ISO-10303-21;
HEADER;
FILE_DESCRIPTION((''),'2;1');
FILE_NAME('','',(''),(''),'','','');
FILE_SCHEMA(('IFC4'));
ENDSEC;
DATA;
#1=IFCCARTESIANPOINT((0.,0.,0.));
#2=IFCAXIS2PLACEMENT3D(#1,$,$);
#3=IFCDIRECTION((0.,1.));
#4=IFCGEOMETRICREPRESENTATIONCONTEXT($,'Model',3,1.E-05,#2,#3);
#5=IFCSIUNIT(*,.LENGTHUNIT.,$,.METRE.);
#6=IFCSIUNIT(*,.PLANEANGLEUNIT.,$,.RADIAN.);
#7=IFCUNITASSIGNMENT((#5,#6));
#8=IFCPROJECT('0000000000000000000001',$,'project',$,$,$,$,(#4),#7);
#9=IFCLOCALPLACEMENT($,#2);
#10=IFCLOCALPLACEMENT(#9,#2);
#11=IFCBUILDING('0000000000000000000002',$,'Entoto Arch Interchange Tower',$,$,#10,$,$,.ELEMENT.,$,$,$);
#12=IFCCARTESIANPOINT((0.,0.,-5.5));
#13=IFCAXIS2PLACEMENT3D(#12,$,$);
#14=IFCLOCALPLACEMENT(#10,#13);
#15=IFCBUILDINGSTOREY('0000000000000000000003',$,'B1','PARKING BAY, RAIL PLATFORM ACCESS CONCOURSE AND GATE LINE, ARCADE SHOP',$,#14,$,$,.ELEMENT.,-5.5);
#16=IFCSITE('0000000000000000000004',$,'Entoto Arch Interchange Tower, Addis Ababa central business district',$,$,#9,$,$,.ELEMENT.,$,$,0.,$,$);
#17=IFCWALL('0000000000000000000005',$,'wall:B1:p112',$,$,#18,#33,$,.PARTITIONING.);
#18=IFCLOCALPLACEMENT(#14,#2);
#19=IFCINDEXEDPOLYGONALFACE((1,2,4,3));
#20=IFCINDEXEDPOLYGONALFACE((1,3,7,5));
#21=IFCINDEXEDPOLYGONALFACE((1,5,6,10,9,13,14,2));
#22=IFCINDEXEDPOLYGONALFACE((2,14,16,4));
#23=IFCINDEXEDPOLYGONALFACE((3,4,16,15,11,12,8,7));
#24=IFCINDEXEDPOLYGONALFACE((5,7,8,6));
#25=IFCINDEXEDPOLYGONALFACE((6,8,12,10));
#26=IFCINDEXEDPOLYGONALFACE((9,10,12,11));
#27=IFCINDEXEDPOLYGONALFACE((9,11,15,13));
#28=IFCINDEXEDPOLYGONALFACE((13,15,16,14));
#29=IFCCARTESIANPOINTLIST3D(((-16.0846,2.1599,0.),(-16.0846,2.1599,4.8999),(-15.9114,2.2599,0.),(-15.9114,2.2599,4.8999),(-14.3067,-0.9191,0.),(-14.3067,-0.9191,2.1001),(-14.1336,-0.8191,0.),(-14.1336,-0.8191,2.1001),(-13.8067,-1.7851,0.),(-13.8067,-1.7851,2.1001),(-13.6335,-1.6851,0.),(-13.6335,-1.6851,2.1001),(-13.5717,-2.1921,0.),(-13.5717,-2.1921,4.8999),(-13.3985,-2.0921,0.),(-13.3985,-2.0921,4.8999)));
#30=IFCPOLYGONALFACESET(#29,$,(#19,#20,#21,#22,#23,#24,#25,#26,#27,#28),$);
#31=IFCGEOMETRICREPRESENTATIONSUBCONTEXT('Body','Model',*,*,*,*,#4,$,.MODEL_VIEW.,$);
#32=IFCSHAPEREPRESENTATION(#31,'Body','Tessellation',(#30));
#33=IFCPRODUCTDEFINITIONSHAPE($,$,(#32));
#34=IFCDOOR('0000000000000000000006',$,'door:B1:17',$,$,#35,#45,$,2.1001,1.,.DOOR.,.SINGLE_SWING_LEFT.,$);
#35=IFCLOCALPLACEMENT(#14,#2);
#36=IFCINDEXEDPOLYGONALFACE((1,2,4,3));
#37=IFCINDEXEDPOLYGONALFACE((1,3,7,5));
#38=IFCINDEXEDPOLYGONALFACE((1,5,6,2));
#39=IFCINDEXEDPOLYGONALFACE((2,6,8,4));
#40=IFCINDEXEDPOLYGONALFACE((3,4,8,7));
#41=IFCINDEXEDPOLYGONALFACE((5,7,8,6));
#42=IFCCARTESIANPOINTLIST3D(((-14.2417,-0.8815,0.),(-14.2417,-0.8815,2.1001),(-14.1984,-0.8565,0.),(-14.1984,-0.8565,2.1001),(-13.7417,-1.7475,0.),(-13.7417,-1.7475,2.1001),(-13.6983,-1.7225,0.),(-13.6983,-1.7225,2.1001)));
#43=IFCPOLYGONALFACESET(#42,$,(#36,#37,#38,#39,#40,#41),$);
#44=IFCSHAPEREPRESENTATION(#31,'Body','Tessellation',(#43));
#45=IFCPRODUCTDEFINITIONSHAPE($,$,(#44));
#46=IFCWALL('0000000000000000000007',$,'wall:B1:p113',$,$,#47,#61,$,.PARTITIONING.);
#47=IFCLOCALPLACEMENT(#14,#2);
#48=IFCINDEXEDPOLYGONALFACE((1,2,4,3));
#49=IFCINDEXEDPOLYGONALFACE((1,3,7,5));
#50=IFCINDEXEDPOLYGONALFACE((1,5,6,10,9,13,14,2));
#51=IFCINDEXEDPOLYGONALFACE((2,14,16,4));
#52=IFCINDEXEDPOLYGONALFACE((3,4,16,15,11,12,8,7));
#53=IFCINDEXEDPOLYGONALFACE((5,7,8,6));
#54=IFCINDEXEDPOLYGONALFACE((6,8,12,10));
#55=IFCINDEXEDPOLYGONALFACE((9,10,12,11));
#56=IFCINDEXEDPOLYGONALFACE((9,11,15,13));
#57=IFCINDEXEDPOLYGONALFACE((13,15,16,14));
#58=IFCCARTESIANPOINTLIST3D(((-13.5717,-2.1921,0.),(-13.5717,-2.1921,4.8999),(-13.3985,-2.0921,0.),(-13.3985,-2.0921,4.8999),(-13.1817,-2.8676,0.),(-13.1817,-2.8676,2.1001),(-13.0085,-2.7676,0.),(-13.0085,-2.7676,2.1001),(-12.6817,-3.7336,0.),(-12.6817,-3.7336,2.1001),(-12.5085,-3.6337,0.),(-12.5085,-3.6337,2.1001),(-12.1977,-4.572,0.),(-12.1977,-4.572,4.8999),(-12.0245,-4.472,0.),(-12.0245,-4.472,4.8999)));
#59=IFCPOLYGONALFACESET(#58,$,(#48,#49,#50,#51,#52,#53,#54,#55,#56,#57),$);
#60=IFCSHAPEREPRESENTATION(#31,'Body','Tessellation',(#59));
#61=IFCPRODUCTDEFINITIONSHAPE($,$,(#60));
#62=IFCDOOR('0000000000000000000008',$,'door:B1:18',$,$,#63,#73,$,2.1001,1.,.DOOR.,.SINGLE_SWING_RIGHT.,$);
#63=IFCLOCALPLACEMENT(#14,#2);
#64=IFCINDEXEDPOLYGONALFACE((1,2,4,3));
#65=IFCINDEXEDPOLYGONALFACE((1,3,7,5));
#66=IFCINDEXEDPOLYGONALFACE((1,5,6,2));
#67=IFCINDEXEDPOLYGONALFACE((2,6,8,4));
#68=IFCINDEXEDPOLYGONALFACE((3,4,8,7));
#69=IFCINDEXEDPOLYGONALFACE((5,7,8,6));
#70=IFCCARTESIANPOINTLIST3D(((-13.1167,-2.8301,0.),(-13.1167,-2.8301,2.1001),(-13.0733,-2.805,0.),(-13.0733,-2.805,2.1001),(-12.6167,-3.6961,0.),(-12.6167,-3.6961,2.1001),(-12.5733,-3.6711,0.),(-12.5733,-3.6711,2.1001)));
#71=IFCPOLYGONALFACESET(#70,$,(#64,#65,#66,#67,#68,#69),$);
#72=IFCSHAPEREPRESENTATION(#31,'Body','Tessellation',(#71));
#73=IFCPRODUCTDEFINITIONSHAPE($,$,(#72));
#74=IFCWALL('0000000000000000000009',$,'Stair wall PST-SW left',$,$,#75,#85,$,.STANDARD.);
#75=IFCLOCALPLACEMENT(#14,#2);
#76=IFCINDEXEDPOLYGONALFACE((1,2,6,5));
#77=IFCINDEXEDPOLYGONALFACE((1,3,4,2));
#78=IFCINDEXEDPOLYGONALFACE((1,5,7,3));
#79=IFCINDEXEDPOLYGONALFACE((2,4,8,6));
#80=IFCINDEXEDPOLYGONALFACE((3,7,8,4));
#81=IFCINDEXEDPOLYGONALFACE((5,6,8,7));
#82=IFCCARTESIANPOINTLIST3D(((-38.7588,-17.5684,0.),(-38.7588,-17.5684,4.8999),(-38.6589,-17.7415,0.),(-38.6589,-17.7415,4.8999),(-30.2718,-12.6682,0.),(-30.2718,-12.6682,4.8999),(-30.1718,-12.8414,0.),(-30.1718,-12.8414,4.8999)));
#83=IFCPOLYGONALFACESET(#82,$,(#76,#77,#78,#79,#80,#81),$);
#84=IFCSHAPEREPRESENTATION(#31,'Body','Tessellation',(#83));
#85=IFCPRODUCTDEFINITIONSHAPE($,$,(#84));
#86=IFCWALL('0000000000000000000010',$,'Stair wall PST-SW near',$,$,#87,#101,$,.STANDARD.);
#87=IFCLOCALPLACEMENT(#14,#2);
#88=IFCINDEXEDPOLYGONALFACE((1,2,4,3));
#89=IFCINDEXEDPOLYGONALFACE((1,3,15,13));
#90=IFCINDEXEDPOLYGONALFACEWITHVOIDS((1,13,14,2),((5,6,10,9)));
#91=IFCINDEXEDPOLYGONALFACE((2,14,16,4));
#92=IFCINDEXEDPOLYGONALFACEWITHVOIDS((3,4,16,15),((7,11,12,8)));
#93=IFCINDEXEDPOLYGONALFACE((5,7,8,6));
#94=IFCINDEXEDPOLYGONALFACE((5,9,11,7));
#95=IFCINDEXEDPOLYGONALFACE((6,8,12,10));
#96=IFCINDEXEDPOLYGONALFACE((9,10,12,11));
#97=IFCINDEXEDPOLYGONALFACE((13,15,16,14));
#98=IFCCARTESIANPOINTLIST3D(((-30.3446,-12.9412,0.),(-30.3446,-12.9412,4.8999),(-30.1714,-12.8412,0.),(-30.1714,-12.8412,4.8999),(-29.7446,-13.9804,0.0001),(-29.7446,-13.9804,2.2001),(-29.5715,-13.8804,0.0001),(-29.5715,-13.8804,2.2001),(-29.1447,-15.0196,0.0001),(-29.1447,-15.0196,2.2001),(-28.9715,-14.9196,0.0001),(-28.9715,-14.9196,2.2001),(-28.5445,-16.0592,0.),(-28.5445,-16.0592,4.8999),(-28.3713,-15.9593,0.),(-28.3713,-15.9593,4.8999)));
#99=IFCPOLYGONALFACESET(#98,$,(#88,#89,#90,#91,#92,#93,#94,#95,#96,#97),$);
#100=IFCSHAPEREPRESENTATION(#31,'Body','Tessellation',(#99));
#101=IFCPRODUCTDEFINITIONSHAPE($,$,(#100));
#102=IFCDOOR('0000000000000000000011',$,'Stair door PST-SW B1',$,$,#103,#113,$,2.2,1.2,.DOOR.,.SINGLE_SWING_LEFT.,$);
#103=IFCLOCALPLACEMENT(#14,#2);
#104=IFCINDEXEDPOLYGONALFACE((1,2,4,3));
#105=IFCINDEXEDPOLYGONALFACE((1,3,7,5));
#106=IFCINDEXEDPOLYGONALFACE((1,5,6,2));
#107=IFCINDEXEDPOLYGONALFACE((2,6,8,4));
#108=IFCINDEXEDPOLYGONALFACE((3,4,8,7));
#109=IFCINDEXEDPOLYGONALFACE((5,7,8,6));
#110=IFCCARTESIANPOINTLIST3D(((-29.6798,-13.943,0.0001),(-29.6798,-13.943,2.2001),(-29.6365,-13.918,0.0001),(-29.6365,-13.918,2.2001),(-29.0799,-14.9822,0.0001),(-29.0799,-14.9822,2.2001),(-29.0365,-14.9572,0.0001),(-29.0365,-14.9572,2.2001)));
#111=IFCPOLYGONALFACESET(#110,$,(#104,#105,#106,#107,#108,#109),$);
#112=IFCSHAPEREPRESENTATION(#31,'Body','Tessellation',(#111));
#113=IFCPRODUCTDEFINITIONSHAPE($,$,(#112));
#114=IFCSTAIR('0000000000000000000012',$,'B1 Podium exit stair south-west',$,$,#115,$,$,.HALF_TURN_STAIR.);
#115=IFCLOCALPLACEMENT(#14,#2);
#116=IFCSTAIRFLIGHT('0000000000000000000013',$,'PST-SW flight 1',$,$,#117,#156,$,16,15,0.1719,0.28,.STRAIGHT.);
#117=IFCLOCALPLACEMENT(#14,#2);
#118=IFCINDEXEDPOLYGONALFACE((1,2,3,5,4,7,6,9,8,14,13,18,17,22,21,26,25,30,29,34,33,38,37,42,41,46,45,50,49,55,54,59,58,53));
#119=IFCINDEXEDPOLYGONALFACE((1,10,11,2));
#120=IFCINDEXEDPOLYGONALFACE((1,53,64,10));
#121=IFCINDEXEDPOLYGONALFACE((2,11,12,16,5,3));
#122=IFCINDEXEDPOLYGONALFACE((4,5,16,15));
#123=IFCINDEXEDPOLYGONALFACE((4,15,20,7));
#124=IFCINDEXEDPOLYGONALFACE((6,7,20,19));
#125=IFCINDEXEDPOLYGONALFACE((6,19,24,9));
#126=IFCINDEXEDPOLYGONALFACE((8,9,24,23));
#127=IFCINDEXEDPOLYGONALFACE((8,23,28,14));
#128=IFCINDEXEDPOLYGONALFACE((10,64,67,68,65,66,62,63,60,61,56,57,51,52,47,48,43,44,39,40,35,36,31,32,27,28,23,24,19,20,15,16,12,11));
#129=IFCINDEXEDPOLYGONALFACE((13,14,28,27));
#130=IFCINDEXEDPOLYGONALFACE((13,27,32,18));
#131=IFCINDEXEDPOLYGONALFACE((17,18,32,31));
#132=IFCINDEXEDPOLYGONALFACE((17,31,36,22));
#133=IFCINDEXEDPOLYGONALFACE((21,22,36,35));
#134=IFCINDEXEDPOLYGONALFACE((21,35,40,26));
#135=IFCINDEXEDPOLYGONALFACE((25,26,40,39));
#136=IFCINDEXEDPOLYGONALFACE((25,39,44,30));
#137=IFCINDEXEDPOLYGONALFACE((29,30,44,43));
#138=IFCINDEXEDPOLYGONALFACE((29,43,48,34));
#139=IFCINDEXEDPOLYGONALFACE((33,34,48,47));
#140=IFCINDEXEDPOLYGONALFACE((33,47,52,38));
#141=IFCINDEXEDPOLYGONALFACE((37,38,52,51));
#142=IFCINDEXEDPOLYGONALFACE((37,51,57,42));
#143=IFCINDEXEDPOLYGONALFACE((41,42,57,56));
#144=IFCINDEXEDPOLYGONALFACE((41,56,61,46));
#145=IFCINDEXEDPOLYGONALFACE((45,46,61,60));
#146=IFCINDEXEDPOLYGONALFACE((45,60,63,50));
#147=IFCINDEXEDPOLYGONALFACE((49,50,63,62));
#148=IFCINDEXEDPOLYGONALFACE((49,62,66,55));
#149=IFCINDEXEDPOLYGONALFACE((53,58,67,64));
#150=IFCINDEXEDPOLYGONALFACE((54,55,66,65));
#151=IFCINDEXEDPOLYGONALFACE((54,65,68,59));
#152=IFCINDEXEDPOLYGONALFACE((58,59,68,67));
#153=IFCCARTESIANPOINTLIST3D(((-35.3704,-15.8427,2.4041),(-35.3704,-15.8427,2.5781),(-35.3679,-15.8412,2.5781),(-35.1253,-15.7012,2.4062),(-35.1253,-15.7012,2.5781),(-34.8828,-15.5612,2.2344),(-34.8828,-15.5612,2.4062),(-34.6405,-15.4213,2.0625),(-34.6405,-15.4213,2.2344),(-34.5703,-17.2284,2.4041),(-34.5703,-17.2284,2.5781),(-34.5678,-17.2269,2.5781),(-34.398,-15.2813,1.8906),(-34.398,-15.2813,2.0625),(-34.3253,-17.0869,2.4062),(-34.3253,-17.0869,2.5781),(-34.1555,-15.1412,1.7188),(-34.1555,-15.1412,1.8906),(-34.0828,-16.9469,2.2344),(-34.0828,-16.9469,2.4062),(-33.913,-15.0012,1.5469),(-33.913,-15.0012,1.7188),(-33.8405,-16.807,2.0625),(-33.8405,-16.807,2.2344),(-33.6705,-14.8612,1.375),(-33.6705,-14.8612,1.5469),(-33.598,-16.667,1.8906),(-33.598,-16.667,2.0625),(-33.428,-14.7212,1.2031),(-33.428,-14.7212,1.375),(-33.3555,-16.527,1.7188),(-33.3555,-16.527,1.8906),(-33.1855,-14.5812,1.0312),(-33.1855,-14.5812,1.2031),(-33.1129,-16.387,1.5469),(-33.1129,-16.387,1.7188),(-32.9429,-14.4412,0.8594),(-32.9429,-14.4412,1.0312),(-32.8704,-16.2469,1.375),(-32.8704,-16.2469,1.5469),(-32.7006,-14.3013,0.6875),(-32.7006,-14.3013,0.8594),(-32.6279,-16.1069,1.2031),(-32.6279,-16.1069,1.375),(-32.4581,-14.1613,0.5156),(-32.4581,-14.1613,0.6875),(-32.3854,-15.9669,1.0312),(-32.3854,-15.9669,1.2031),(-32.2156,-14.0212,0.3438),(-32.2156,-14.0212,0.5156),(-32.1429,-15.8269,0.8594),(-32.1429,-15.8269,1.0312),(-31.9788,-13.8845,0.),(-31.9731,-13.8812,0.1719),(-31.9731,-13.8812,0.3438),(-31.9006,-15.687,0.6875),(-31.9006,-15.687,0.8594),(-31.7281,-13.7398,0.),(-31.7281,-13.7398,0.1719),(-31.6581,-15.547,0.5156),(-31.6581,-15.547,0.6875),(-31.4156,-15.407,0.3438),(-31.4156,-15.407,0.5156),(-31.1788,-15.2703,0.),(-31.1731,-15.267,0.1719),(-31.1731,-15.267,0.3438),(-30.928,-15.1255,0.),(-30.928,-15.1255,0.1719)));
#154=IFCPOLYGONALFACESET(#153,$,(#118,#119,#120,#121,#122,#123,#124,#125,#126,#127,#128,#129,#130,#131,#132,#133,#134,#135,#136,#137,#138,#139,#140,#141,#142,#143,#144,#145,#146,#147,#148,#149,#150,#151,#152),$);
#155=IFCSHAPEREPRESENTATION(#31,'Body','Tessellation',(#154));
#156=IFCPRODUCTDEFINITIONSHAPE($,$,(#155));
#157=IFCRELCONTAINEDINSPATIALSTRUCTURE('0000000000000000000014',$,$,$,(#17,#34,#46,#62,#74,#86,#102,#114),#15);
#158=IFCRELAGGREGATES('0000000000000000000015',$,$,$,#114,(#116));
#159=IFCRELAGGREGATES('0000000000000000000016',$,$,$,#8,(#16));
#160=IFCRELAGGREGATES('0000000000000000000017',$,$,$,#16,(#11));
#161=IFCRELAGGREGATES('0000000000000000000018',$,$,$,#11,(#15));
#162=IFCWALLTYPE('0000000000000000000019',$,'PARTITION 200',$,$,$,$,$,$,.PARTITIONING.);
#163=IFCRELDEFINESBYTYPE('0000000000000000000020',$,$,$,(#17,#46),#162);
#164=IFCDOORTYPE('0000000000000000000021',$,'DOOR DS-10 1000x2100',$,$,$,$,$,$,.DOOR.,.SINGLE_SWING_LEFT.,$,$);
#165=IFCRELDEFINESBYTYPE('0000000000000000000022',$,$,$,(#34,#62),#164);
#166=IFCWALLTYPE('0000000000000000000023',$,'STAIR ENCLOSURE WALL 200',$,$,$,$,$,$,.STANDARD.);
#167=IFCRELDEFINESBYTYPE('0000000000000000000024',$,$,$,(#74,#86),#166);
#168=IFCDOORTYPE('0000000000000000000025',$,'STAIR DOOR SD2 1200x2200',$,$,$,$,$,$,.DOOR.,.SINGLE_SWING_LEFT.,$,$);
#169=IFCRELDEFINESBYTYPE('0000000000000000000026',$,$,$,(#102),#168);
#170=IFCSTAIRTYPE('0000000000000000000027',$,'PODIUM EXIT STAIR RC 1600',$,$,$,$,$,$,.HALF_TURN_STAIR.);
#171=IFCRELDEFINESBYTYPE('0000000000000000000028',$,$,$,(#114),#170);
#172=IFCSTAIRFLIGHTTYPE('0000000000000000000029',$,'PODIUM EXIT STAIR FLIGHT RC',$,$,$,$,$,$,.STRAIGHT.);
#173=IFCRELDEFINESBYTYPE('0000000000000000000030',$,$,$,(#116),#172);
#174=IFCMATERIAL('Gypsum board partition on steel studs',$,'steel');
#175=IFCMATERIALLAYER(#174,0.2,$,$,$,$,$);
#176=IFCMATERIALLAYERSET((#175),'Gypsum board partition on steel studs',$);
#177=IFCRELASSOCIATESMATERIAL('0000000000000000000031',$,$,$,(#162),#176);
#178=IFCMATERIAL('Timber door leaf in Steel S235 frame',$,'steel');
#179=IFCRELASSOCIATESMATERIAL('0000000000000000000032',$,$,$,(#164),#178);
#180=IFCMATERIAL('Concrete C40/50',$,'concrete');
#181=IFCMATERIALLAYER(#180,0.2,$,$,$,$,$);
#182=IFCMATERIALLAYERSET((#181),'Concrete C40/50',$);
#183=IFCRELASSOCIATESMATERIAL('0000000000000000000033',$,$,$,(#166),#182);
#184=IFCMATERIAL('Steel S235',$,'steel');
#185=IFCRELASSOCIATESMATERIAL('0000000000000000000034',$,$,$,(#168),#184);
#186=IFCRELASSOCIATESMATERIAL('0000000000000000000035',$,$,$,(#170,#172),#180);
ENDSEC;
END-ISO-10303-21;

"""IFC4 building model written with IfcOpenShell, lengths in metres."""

from ifc_helpers import new_model, si_unit, direction, frame, frame_2d, origin, place, context, subcontext, project, spatial, polyline, rectangle, outline, extrude, material, layer, layer_set, type_object, element, fill, aggregate, save


model = new_model("IFC4")

# Units and contexts
model_context = context("Model", 3, precision=1e-05, world=origin(), true_north=direction((0.0, 1.0)))
body_context = subcontext(model_context, "Body", "Model", "MODEL_VIEW")
ifc_project = project(units=[si_unit("LENGTHUNIT", "METRE"), si_unit("PLANEANGLEUNIT", "RADIAN")], contexts=[model_context])

# Site, building, storey
site_placement = place(None, origin())
site = spatial("IfcSite", under=ifc_project, at=site_placement, Name="Entoto Arch Interchange Tower, Addis Ababa central business district", CompositionType="ELEMENT", RefElevation=0.0)
building_placement = place(site_placement, origin())
building = spatial("IfcBuilding", under=site, at=building_placement, Name="Entoto Arch Interchange Tower", CompositionType="ELEMENT")
storey_placement = place(building_placement, frame((0.0, 0.0, -5.5)))
storey = spatial("IfcBuildingStorey", under=building, at=storey_placement, Name="B1", Description="PARKING BAY, RAIL PLATFORM ACCESS CONCOURSE AND GATE LINE, ARCADE SHOP", CompositionType="ELEMENT", Elevation=-5.5)

# Shared definitions
ifc_material_1 = material(Name="Concrete C40/50", Category="concrete")
ifc_material_2 = material(Name="Gypsum board partition on steel studs", Category="steel")

# Shared definitions
ifc_layer_1 = layer(ifc_material_2, 0.2)
ifc_layer_set_1 = layer_set([ifc_layer_1], Name="Gypsum board partition on steel studs")
wall_type_1 = type_object("IfcWallType", Name="PARTITION 200", PredefinedType="PARTITIONING", material=ifc_layer_set_1)
ifc_material_3 = material(Name="Timber door leaf in Steel S235 frame", Category="steel")
door_type_1 = type_object("IfcDoorType", Name="DOOR DS-10 1000x2100", OperationType="SINGLE_SWING_LEFT", PredefinedType="DOOR", material=ifc_material_3)

# Walls, openings, doors
wall_1_placement = place(storey_placement, frame((-13.4851, -2.1421, 0.0), z_axis=(0.0, 0.0, 1.0), x_axis=(-0.500042, 0.866001, 0.0)))
wall_1 = element("IfcWall", 1, at=wall_1_placement, inside=storey, type_object=wall_type_1, Name="wall:B1:p112", PredefinedType="PARTITIONING", context=body_context, shape_type="SweptSolid", body=[
    extrude(rectangle(XDim=5.0254, YDim=0.2, at=frame_2d((2.5127, 0.0))), origin(), (0.0, 0.0, 1.0), 4.8999),
])
opening_1_placement = place(wall_1_placement, frame((0.47, 0.0, 0.0)))
opening_1 = element("IfcOpeningElement", 2, at=opening_1_placement, cuts=wall_1, PredefinedType="OPENING", context=body_context, shape_type="SweptSolid", body=[
    extrude(rectangle(XDim=1.0, YDim=2.1001, at=frame_2d((0.5, 1.05))), frame((0.0, 0.1099, 0.0), z_axis=(0.0, -1.0, 0.0), x_axis=(1.0, 0.0, 0.0)), (0.0, 0.0, 1.0), 0.22),
])
door_1_placement = place(opening_1_placement, origin())
door_1 = element("IfcDoor", 3, at=door_1_placement, inside=storey, type_object=door_type_1, Name="door:B1:17", OperationType="SINGLE_SWING_LEFT", OverallHeight=2.1001, OverallWidth=1.0, PredefinedType="DOOR", context=body_context, shape_type="SweptSolid", body=[
    extrude(rectangle(XDim=1.0, YDim=2.1001, at=frame_2d((0.5, 1.05))), frame((0.0, 0.0249, 0.0), z_axis=(0.0, -1.0, 0.0), x_axis=(1.0, 0.0, 0.0)), (0.0, 0.0, 1.0), 0.05),
])
fill(opening_1, door_1)
wall_2_placement = place(storey_placement, frame((-12.1111, -4.522, 0.0), z_axis=(0.0, 0.0, 1.0), x_axis=(-0.499999, 0.866026, 0.0)))
wall_2 = element("IfcWall", 4, at=wall_2_placement, inside=storey, type_object=wall_type_1, Name="wall:B1:p113", PredefinedType="PARTITIONING", context=body_context, shape_type="SweptSolid", body=[
    extrude(rectangle(XDim=2.748, YDim=0.2, at=frame_2d((1.374, 0.0))), origin(), (0.0, 0.0, 1.0), 4.8999),
])
opening_2_placement = place(wall_2_placement, frame((0.968, 0.0, 0.0)))
opening_2 = element("IfcOpeningElement", 5, at=opening_2_placement, cuts=wall_2, PredefinedType="OPENING", context=body_context, shape_type="SweptSolid", body=[
    extrude(rectangle(XDim=1.0, YDim=2.1001, at=frame_2d((0.5, 1.05))), frame((0.0, 0.1099, 0.0), z_axis=(0.0, -1.0, 0.0), x_axis=(1.0, 0.0, 0.0)), (0.0, 0.0, 1.0), 0.22),
])
door_2_placement = place(opening_2_placement, origin())
door_2 = element("IfcDoor", 6, at=door_2_placement, inside=storey, type_object=door_type_1, Name="door:B1:18", OperationType="SINGLE_SWING_RIGHT", OverallHeight=2.1001, OverallWidth=1.0, PredefinedType="DOOR", context=body_context, shape_type="SweptSolid", body=[
    extrude(rectangle(XDim=1.0, YDim=2.1001, at=frame_2d((0.5, 1.05))), frame((0.0, 0.0249, 0.0), z_axis=(0.0, -1.0, 0.0), x_axis=(1.0, 0.0, 0.0)), (0.0, 0.0, 1.0), 0.05),
])
fill(opening_2, door_2)

# Wall
ifc_layer_2 = layer(ifc_material_1, 0.2)
ifc_layer_set_2 = layer_set([ifc_layer_2], Name="Concrete C40/50")
wall_type_2 = type_object("IfcWallType", Name="STAIR ENCLOSURE WALL 200", PredefinedType="STANDARD", material=ifc_layer_set_2)
wall_3_placement = place(storey_placement, frame((-30.2219, -12.7549, 0.0), z_axis=(0.0, 0.0, 1.0), x_axis=(-0.866019, -0.500011, 0.0)))
element("IfcWall", 7, at=wall_3_placement, inside=storey, type_object=wall_type_2, Name="Stair wall PST-SW left", PredefinedType="STANDARD", context=body_context, shape_type="SweptSolid", body=[
    extrude(rectangle(XDim=9.8, YDim=0.2, at=frame_2d((4.8999, 0.0))), origin(), (0.0, 0.0, 1.0), 4.8999),
])

# Wall, opening, door
wall_4_placement = place(storey_placement, frame((-30.2581, -12.8911, 0.0), z_axis=(0.0, 0.0, 1.0), x_axis=(0.499983, -0.866035, 0.0)))
wall_4 = element("IfcWall", 8, at=wall_4_placement, inside=storey, type_object=wall_type_2, Name="Stair wall PST-SW near", PredefinedType="STANDARD", context=body_context, shape_type="SweptSolid", body=[
    extrude(rectangle(XDim=3.6003, YDim=0.2, at=frame_2d((1.8003, 0.0))), origin(), (0.0, 0.0, 1.0), 4.8999),
])
opening_3_placement = place(wall_4_placement, frame((1.2, 0.0, 0.0)))
opening_3 = element("IfcOpeningElement", 9, at=opening_3_placement, cuts=wall_4, PredefinedType="OPENING", context=body_context, shape_type="SweptSolid", body=[
    extrude(rectangle(XDim=1.2, YDim=2.2, at=frame_2d((0.6001, 1.1001))), frame((0.0, 0.1099, 0.0), z_axis=(0.0, -1.0, 0.0), x_axis=(1.0, 0.0, 0.0)), (0.0, 0.0, 1.0), 0.22),
])
ifc_material_4 = material(Name="Steel S235", Category="steel")
door_type_2 = type_object("IfcDoorType", Name="STAIR DOOR SD2 1200x2200", OperationType="SINGLE_SWING_LEFT", PredefinedType="DOOR", material=ifc_material_4)
door_3_placement = place(opening_3_placement, origin())
door_3 = element("IfcDoor", 10, at=door_3_placement, inside=storey, type_object=door_type_2, Name="Stair door PST-SW B1", OperationType="SINGLE_SWING_LEFT", OverallHeight=2.2, OverallWidth=1.2, PredefinedType="DOOR", context=body_context, shape_type="SweptSolid", body=[
    extrude(rectangle(XDim=1.2, YDim=2.2, at=frame_2d((0.6001, 1.1001))), frame((0.0, 0.0249, 0.0), z_axis=(0.0, -1.0, 0.0), x_axis=(1.0, 0.0, 0.0)), (0.0, 0.0, 1.0), 0.05),
])
fill(opening_3, door_3)

# Stair, stair flight
stair_type = type_object("IfcStairType", Name="PODIUM EXIT STAIR RC 1600", PredefinedType="HALF_TURN_STAIR", material=ifc_material_1)
stair_placement = place(storey_placement, origin())
stair = element("IfcStair", 11, at=stair_placement, inside=storey, type_object=stair_type, Name="B1 Podium exit stair south-west", PredefinedType="HALF_TURN_STAIR")
stair_flight_type = type_object("IfcStairFlightType", Name="PODIUM EXIT STAIR FLIGHT RC", PredefinedType="STRAIGHT", material=ifc_material_1)
stair_flight_placement = place(storey_placement, frame((-31.3306, -14.4341, 0.0), z_axis=(0.0, 0.0, 1.0), x_axis=(-0.866025, -0.5, 0.0)))
stair_flight = element("IfcStairFlight", 12, at=stair_flight_placement, type_object=stair_flight_type, Name="PST-SW flight 1", NumberOfRisers=16, NumberOfTreads=15, PredefinedType="STRAIGHT", RiserHeight=0.1719, TreadLength=0.28, context=body_context, shape_type="SweptSolid", body=[
    extrude(outline(polyline([(-0.0029, 0.0), (-0.0029, 0.1719), (0.28, 0.1719), (0.28, 0.3438), (0.5601, 0.3438), (0.5601, 0.5156), (0.8401, 0.5156), (0.8401, 0.6875), (1.1201, 0.6875), (1.1201, 0.8594), (1.3999, 0.8594), (1.3999, 1.0312), (1.6799, 1.0312), (1.6799, 1.2031), (1.96, 1.2031), (1.96, 1.375), (2.24, 1.375), (2.24, 1.5469), (2.52, 1.5469), (2.52, 1.7188), (2.8, 1.7188), (2.8, 1.8906), (3.0801, 1.8906), (3.0801, 2.0625), (3.3601, 2.0625), (3.3601, 2.2344), (3.6399, 2.2344), (3.6399, 2.4062), (3.9199, 2.4062), (3.9199, 2.5781), (4.2, 2.5781), (4.2029, 2.5781), (4.2029, 2.4041), (0.2866, 0.0), (-0.0029, 0.0)])), frame((0.0, 0.8, 0.0), z_axis=(0.0, -1.0, 0.0), x_axis=(1.0, 0.0, 0.0)), (0.0, 0.0, 1.0), 1.6001),
])
aggregate(stair, [stair_flight])

save(model, "model.ifc")
